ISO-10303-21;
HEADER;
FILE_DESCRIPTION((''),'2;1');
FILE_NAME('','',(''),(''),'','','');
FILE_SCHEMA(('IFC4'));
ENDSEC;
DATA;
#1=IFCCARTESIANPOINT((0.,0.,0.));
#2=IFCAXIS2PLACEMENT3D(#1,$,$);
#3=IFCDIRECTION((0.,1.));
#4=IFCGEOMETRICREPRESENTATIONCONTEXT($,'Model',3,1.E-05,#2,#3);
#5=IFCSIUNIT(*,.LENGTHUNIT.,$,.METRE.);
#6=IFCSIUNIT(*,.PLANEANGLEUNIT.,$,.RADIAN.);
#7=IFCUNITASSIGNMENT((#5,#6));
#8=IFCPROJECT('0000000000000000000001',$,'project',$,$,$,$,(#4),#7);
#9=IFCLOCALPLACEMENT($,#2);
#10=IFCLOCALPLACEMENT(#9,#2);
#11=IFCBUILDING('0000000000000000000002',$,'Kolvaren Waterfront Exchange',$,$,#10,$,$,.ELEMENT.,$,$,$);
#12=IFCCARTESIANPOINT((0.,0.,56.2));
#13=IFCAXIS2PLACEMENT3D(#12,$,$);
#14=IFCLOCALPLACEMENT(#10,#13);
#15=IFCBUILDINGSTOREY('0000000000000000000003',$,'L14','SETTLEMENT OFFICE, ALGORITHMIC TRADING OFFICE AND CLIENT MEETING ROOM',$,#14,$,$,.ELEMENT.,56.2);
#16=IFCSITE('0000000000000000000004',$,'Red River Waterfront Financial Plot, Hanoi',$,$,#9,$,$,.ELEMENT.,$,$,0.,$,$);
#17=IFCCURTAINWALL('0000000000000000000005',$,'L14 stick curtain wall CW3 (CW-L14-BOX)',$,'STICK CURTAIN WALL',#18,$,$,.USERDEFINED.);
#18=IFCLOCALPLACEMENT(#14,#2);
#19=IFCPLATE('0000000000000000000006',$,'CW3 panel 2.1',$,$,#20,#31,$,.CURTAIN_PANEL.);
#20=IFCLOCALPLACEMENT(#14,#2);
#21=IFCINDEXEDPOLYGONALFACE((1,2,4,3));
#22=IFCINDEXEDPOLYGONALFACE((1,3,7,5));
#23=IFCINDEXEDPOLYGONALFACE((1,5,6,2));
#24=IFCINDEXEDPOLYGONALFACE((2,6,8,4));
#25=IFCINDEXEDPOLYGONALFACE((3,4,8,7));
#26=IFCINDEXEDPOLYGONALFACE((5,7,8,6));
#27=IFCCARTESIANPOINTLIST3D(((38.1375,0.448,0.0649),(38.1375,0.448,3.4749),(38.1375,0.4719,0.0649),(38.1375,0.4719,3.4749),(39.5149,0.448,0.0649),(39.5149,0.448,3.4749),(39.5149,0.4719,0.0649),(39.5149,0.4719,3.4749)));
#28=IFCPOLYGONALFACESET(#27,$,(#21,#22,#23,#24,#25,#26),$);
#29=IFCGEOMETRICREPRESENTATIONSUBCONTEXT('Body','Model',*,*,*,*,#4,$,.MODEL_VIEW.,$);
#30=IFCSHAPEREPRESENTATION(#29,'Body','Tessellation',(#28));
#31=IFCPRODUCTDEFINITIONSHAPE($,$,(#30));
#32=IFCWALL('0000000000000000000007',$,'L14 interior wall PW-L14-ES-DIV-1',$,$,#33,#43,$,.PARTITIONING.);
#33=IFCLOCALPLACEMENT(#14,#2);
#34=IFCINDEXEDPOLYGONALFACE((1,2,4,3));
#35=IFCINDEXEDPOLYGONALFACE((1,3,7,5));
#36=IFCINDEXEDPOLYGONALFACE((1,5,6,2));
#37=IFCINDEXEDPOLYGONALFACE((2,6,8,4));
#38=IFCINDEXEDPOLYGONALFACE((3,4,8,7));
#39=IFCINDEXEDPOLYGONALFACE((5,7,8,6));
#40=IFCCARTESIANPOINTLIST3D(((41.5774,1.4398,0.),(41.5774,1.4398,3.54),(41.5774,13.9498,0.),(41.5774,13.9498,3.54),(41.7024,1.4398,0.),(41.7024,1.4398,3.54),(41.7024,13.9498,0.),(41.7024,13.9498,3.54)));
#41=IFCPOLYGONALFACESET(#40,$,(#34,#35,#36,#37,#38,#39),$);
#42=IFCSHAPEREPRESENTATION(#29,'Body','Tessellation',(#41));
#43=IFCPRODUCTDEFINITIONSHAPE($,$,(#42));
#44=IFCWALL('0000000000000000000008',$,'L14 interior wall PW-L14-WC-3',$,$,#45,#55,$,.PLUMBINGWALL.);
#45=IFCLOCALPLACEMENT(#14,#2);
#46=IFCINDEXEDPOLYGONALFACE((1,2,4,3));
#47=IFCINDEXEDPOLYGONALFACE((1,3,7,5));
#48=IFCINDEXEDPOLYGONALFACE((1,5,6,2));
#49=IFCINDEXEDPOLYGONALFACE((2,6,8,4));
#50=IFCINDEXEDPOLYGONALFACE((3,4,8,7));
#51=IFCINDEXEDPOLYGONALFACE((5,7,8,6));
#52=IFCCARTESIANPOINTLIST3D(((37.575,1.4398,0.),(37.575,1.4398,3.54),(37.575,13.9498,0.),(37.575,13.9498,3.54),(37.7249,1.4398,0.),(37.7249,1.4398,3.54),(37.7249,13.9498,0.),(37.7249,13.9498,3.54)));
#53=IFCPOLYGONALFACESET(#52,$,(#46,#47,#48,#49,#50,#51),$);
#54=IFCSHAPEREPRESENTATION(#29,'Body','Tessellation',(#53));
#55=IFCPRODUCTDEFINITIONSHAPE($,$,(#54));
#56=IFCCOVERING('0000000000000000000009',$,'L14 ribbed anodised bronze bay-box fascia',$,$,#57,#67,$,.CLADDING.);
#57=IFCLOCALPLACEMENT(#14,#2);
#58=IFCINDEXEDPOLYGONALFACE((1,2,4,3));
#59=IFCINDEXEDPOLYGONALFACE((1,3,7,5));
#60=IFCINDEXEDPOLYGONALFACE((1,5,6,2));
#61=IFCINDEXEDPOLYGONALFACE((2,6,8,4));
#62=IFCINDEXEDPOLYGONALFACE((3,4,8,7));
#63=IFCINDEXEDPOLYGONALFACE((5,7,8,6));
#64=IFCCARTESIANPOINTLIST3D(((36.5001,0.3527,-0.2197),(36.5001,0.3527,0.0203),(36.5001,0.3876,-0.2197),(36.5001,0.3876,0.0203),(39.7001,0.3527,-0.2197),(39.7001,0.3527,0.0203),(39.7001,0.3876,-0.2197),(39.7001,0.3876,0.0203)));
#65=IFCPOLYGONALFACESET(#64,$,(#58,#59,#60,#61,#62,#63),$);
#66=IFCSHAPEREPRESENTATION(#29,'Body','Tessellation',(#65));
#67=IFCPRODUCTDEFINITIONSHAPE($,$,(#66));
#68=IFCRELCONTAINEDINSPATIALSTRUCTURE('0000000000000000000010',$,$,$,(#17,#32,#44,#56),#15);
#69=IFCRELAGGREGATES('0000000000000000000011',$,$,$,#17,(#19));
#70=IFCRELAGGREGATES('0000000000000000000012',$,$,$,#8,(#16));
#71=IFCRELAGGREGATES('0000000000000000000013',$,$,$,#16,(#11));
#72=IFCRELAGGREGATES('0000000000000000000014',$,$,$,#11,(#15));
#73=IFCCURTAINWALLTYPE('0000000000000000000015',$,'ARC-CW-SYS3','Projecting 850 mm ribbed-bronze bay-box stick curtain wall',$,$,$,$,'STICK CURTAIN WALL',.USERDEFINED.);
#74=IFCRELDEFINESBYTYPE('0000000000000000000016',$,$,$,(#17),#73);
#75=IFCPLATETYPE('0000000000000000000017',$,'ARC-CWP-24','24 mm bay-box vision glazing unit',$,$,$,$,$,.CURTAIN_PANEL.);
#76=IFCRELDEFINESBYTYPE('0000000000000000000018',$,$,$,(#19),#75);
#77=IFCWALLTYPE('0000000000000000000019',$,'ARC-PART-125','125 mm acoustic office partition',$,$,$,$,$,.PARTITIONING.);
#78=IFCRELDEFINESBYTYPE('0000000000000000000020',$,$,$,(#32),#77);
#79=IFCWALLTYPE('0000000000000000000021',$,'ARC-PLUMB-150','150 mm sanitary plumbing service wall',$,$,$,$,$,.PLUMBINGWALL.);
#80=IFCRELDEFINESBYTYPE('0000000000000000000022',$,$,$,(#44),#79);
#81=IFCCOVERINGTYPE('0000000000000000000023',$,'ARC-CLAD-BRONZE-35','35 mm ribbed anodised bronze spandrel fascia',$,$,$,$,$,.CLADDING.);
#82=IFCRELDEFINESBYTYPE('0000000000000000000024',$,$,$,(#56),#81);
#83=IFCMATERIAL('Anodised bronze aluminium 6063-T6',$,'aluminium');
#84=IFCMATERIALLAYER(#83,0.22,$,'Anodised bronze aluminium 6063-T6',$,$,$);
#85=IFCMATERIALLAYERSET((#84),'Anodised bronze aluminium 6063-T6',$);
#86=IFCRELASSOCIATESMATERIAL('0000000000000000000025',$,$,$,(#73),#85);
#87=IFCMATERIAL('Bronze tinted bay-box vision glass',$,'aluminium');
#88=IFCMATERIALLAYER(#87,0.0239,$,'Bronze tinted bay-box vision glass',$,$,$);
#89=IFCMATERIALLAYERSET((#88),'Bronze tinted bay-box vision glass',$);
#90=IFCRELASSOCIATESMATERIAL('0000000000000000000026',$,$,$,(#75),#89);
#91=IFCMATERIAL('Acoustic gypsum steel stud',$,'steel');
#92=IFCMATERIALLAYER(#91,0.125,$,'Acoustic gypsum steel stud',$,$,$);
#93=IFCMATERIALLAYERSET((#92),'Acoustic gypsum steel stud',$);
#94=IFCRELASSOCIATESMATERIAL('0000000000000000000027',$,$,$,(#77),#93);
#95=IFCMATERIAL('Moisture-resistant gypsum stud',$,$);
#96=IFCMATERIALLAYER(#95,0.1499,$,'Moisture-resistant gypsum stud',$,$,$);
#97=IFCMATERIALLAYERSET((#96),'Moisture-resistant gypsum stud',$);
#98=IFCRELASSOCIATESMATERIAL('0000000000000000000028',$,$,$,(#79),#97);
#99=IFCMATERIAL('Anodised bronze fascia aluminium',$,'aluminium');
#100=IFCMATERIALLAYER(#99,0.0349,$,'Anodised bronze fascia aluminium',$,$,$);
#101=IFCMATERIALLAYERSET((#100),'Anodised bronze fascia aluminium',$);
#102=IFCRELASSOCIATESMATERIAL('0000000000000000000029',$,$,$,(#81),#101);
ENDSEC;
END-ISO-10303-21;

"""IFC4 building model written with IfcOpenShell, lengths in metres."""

from ifc_helpers import new_model, si_unit, direction, frame, frame_2d, origin, origin_with_axes, origin_2d, place, context, subcontext, project, spatial, rectangle, extrude, source, transform, mapped, material, layer, layer_set, type_object, element, aggregate, save


model = new_model("IFC4")

# Units and contexts
model_context = context("Model", 3, precision=1e-05, world=origin(), true_north=direction((0.0, 1.0)))
body_context = subcontext(model_context, "Body", "Model", "MODEL_VIEW")
ifc_project = project(units=[si_unit("LENGTHUNIT", "METRE"), si_unit("PLANEANGLEUNIT", "RADIAN")], contexts=[model_context])

# Site, building, storey
site_placement = place(None, origin())
site = spatial("IfcSite", under=ifc_project, at=site_placement, Name="Red River Waterfront Financial Plot, Hanoi", CompositionType="ELEMENT", RefElevation=0.0)
building_placement = place(site_placement, origin())
building = spatial("IfcBuilding", under=site, at=building_placement, Name="Kolvaren Waterfront Exchange", CompositionType="ELEMENT")
storey_placement = place(building_placement, frame((0.0, 0.0, 56.2)))
storey = spatial("IfcBuildingStorey", under=building, at=storey_placement, Name="L14", Description="SETTLEMENT OFFICE, ALGORITHMIC TRADING OFFICE AND CLIENT MEETING ROOM", CompositionType="ELEMENT", Elevation=56.2)

# Curtain wall
ifc_material_1 = material(Name="Anodised bronze aluminium 6063-T6", Category="aluminium")
ifc_layer_1 = layer(ifc_material_1, 0.22, Name="Anodised bronze aluminium 6063-T6")
ifc_layer_set_1 = layer_set([ifc_layer_1], Name="Anodised bronze aluminium 6063-T6")
curtain_wall_type_1 = type_object("IfcCurtainWallType", Name="ARC-CW-SYS3", Description="Projecting 850 mm ribbed-bronze bay-box stick curtain wall", ElementType="STICK CURTAIN WALL", PredefinedType="USERDEFINED", material=ifc_layer_set_1)
curtain_wall_1_placement = place(storey_placement, origin())
curtain_wall_1 = element("IfcCurtainWall", 1, at=curtain_wall_1_placement, inside=storey, type_object=curtain_wall_type_1, Name="L14 stick curtain wall CW3 (CW-L14-BOX)", ObjectType="STICK CURTAIN WALL", PredefinedType="USERDEFINED")

# Plate
ifc_material_2 = material(Name="Bronze tinted bay-box vision glass", Category="aluminium")
ifc_layer_2 = layer(ifc_material_2, 0.0239, Name="Bronze tinted bay-box vision glass")
ifc_layer_set_2 = layer_set([ifc_layer_2], Name="Bronze tinted bay-box vision glass")
plate_type_1 = type_object("IfcPlateType", Name="ARC-CWP-24", Description="24 mm bay-box vision glazing unit", PredefinedType="CURTAIN_PANEL", material=ifc_layer_set_2)
shared_shape_1 = source(origin_with_axes(), body_context, "Body", "SweptSolid", [
    extrude(rectangle(XDim=1.3774, YDim=0.0239, at=origin_2d()), origin(), (0.0, 0.0, 1.0), 3.4099),
])
plate_1_placement = place(storey_placement, frame((38.8262, 0.46, 0.0649), z_axis=(0.0, 0.0, 1.0), x_axis=(1.0, 0.0, 0.0)))
plate_1 = element("IfcPlate", 2, at=plate_1_placement, type_object=plate_type_1, Name="CW3 panel 2.1", PredefinedType="CURTAIN_PANEL", context=body_context, shape_type="MappedRepresentation", body=[
    mapped(shared_shape_1, transform((0.0, 0.0, 0.0), x_axis=(1.0, 0.0, 0.0), y_axis=(0.0, 1.0, 0.0), z_axis=(0.0, 0.0, 1.0), scale=1.0)),
])
aggregate(curtain_wall_1, [plate_1])

# Walls
ifc_material_3 = material(Name="Acoustic gypsum steel stud", Category="steel")
ifc_layer_3 = layer(ifc_material_3, 0.125, Name="Acoustic gypsum steel stud")
ifc_layer_set_3 = layer_set([ifc_layer_3], Name="Acoustic gypsum steel stud")
wall_type_1 = type_object("IfcWallType", Name="ARC-PART-125", Description="125 mm acoustic office partition", PredefinedType="PARTITIONING", material=ifc_layer_set_3)
wall_1_placement = place(storey_placement, frame((41.6399, 1.4399, 0.0), z_axis=(0.0, 0.0, 1.0), x_axis=(0.0, 1.0, 0.0)))
element("IfcWall", 3, at=wall_1_placement, inside=storey, type_object=wall_type_1, Name="L14 interior wall PW-L14-ES-DIV-1", PredefinedType="PARTITIONING", context=body_context, shape_type="SweptSolid", body=[
    extrude(rectangle(XDim=12.51, YDim=0.125, at=frame_2d((6.2549, 0.0))), origin(), (0.0, 0.0, 1.0), 3.54),
])
ifc_material_4 = material(Name="Moisture-resistant gypsum stud")
ifc_layer_4 = layer(ifc_material_4, 0.1499, Name="Moisture-resistant gypsum stud")
ifc_layer_set_4 = layer_set([ifc_layer_4], Name="Moisture-resistant gypsum stud")
wall_type_2 = type_object("IfcWallType", Name="ARC-PLUMB-150", Description="150 mm sanitary plumbing service wall", PredefinedType="PLUMBINGWALL", material=ifc_layer_set_4)
wall_2_placement = place(storey_placement, frame((37.6499, 1.4399, 0.0), z_axis=(0.0, 0.0, 1.0), x_axis=(0.0, 1.0, 0.0)))
element("IfcWall", 4, at=wall_2_placement, inside=storey, type_object=wall_type_2, Name="L14 interior wall PW-L14-WC-3", PredefinedType="PLUMBINGWALL", context=body_context, shape_type="SweptSolid", body=[
    extrude(rectangle(XDim=12.51, YDim=0.1499, at=frame_2d((6.2549, 0.0))), origin(), (0.0, 0.0, 1.0), 3.54),
])

# Covering
ifc_material_5 = material(Name="Anodised bronze fascia aluminium", Category="aluminium")
ifc_layer_5 = layer(ifc_material_5, 0.0349, Name="Anodised bronze fascia aluminium")
ifc_layer_set_5 = layer_set([ifc_layer_5], Name="Anodised bronze fascia aluminium")
covering_type = type_object("IfcCoveringType", Name="ARC-CLAD-BRONZE-35", Description="35 mm ribbed anodised bronze spandrel fascia", PredefinedType="CLADDING", material=ifc_layer_set_5)
covering_placement = place(storey_placement, frame((38.1001, 0.3701, -0.2197), z_axis=(0.0, 0.0, 1.0), x_axis=(1.0, 0.0, 0.0)))
element("IfcCovering", 5, at=covering_placement, inside=storey, type_object=covering_type, Name="L14 ribbed anodised bronze bay-box fascia", PredefinedType="CLADDING", context=body_context, shape_type="SweptSolid", body=[
    extrude(rectangle(XDim=3.2, YDim=0.0349, at=origin_2d()), origin(), (0.0, 0.0, 1.0), 0.24),
])

save(model, "model.ifc")
